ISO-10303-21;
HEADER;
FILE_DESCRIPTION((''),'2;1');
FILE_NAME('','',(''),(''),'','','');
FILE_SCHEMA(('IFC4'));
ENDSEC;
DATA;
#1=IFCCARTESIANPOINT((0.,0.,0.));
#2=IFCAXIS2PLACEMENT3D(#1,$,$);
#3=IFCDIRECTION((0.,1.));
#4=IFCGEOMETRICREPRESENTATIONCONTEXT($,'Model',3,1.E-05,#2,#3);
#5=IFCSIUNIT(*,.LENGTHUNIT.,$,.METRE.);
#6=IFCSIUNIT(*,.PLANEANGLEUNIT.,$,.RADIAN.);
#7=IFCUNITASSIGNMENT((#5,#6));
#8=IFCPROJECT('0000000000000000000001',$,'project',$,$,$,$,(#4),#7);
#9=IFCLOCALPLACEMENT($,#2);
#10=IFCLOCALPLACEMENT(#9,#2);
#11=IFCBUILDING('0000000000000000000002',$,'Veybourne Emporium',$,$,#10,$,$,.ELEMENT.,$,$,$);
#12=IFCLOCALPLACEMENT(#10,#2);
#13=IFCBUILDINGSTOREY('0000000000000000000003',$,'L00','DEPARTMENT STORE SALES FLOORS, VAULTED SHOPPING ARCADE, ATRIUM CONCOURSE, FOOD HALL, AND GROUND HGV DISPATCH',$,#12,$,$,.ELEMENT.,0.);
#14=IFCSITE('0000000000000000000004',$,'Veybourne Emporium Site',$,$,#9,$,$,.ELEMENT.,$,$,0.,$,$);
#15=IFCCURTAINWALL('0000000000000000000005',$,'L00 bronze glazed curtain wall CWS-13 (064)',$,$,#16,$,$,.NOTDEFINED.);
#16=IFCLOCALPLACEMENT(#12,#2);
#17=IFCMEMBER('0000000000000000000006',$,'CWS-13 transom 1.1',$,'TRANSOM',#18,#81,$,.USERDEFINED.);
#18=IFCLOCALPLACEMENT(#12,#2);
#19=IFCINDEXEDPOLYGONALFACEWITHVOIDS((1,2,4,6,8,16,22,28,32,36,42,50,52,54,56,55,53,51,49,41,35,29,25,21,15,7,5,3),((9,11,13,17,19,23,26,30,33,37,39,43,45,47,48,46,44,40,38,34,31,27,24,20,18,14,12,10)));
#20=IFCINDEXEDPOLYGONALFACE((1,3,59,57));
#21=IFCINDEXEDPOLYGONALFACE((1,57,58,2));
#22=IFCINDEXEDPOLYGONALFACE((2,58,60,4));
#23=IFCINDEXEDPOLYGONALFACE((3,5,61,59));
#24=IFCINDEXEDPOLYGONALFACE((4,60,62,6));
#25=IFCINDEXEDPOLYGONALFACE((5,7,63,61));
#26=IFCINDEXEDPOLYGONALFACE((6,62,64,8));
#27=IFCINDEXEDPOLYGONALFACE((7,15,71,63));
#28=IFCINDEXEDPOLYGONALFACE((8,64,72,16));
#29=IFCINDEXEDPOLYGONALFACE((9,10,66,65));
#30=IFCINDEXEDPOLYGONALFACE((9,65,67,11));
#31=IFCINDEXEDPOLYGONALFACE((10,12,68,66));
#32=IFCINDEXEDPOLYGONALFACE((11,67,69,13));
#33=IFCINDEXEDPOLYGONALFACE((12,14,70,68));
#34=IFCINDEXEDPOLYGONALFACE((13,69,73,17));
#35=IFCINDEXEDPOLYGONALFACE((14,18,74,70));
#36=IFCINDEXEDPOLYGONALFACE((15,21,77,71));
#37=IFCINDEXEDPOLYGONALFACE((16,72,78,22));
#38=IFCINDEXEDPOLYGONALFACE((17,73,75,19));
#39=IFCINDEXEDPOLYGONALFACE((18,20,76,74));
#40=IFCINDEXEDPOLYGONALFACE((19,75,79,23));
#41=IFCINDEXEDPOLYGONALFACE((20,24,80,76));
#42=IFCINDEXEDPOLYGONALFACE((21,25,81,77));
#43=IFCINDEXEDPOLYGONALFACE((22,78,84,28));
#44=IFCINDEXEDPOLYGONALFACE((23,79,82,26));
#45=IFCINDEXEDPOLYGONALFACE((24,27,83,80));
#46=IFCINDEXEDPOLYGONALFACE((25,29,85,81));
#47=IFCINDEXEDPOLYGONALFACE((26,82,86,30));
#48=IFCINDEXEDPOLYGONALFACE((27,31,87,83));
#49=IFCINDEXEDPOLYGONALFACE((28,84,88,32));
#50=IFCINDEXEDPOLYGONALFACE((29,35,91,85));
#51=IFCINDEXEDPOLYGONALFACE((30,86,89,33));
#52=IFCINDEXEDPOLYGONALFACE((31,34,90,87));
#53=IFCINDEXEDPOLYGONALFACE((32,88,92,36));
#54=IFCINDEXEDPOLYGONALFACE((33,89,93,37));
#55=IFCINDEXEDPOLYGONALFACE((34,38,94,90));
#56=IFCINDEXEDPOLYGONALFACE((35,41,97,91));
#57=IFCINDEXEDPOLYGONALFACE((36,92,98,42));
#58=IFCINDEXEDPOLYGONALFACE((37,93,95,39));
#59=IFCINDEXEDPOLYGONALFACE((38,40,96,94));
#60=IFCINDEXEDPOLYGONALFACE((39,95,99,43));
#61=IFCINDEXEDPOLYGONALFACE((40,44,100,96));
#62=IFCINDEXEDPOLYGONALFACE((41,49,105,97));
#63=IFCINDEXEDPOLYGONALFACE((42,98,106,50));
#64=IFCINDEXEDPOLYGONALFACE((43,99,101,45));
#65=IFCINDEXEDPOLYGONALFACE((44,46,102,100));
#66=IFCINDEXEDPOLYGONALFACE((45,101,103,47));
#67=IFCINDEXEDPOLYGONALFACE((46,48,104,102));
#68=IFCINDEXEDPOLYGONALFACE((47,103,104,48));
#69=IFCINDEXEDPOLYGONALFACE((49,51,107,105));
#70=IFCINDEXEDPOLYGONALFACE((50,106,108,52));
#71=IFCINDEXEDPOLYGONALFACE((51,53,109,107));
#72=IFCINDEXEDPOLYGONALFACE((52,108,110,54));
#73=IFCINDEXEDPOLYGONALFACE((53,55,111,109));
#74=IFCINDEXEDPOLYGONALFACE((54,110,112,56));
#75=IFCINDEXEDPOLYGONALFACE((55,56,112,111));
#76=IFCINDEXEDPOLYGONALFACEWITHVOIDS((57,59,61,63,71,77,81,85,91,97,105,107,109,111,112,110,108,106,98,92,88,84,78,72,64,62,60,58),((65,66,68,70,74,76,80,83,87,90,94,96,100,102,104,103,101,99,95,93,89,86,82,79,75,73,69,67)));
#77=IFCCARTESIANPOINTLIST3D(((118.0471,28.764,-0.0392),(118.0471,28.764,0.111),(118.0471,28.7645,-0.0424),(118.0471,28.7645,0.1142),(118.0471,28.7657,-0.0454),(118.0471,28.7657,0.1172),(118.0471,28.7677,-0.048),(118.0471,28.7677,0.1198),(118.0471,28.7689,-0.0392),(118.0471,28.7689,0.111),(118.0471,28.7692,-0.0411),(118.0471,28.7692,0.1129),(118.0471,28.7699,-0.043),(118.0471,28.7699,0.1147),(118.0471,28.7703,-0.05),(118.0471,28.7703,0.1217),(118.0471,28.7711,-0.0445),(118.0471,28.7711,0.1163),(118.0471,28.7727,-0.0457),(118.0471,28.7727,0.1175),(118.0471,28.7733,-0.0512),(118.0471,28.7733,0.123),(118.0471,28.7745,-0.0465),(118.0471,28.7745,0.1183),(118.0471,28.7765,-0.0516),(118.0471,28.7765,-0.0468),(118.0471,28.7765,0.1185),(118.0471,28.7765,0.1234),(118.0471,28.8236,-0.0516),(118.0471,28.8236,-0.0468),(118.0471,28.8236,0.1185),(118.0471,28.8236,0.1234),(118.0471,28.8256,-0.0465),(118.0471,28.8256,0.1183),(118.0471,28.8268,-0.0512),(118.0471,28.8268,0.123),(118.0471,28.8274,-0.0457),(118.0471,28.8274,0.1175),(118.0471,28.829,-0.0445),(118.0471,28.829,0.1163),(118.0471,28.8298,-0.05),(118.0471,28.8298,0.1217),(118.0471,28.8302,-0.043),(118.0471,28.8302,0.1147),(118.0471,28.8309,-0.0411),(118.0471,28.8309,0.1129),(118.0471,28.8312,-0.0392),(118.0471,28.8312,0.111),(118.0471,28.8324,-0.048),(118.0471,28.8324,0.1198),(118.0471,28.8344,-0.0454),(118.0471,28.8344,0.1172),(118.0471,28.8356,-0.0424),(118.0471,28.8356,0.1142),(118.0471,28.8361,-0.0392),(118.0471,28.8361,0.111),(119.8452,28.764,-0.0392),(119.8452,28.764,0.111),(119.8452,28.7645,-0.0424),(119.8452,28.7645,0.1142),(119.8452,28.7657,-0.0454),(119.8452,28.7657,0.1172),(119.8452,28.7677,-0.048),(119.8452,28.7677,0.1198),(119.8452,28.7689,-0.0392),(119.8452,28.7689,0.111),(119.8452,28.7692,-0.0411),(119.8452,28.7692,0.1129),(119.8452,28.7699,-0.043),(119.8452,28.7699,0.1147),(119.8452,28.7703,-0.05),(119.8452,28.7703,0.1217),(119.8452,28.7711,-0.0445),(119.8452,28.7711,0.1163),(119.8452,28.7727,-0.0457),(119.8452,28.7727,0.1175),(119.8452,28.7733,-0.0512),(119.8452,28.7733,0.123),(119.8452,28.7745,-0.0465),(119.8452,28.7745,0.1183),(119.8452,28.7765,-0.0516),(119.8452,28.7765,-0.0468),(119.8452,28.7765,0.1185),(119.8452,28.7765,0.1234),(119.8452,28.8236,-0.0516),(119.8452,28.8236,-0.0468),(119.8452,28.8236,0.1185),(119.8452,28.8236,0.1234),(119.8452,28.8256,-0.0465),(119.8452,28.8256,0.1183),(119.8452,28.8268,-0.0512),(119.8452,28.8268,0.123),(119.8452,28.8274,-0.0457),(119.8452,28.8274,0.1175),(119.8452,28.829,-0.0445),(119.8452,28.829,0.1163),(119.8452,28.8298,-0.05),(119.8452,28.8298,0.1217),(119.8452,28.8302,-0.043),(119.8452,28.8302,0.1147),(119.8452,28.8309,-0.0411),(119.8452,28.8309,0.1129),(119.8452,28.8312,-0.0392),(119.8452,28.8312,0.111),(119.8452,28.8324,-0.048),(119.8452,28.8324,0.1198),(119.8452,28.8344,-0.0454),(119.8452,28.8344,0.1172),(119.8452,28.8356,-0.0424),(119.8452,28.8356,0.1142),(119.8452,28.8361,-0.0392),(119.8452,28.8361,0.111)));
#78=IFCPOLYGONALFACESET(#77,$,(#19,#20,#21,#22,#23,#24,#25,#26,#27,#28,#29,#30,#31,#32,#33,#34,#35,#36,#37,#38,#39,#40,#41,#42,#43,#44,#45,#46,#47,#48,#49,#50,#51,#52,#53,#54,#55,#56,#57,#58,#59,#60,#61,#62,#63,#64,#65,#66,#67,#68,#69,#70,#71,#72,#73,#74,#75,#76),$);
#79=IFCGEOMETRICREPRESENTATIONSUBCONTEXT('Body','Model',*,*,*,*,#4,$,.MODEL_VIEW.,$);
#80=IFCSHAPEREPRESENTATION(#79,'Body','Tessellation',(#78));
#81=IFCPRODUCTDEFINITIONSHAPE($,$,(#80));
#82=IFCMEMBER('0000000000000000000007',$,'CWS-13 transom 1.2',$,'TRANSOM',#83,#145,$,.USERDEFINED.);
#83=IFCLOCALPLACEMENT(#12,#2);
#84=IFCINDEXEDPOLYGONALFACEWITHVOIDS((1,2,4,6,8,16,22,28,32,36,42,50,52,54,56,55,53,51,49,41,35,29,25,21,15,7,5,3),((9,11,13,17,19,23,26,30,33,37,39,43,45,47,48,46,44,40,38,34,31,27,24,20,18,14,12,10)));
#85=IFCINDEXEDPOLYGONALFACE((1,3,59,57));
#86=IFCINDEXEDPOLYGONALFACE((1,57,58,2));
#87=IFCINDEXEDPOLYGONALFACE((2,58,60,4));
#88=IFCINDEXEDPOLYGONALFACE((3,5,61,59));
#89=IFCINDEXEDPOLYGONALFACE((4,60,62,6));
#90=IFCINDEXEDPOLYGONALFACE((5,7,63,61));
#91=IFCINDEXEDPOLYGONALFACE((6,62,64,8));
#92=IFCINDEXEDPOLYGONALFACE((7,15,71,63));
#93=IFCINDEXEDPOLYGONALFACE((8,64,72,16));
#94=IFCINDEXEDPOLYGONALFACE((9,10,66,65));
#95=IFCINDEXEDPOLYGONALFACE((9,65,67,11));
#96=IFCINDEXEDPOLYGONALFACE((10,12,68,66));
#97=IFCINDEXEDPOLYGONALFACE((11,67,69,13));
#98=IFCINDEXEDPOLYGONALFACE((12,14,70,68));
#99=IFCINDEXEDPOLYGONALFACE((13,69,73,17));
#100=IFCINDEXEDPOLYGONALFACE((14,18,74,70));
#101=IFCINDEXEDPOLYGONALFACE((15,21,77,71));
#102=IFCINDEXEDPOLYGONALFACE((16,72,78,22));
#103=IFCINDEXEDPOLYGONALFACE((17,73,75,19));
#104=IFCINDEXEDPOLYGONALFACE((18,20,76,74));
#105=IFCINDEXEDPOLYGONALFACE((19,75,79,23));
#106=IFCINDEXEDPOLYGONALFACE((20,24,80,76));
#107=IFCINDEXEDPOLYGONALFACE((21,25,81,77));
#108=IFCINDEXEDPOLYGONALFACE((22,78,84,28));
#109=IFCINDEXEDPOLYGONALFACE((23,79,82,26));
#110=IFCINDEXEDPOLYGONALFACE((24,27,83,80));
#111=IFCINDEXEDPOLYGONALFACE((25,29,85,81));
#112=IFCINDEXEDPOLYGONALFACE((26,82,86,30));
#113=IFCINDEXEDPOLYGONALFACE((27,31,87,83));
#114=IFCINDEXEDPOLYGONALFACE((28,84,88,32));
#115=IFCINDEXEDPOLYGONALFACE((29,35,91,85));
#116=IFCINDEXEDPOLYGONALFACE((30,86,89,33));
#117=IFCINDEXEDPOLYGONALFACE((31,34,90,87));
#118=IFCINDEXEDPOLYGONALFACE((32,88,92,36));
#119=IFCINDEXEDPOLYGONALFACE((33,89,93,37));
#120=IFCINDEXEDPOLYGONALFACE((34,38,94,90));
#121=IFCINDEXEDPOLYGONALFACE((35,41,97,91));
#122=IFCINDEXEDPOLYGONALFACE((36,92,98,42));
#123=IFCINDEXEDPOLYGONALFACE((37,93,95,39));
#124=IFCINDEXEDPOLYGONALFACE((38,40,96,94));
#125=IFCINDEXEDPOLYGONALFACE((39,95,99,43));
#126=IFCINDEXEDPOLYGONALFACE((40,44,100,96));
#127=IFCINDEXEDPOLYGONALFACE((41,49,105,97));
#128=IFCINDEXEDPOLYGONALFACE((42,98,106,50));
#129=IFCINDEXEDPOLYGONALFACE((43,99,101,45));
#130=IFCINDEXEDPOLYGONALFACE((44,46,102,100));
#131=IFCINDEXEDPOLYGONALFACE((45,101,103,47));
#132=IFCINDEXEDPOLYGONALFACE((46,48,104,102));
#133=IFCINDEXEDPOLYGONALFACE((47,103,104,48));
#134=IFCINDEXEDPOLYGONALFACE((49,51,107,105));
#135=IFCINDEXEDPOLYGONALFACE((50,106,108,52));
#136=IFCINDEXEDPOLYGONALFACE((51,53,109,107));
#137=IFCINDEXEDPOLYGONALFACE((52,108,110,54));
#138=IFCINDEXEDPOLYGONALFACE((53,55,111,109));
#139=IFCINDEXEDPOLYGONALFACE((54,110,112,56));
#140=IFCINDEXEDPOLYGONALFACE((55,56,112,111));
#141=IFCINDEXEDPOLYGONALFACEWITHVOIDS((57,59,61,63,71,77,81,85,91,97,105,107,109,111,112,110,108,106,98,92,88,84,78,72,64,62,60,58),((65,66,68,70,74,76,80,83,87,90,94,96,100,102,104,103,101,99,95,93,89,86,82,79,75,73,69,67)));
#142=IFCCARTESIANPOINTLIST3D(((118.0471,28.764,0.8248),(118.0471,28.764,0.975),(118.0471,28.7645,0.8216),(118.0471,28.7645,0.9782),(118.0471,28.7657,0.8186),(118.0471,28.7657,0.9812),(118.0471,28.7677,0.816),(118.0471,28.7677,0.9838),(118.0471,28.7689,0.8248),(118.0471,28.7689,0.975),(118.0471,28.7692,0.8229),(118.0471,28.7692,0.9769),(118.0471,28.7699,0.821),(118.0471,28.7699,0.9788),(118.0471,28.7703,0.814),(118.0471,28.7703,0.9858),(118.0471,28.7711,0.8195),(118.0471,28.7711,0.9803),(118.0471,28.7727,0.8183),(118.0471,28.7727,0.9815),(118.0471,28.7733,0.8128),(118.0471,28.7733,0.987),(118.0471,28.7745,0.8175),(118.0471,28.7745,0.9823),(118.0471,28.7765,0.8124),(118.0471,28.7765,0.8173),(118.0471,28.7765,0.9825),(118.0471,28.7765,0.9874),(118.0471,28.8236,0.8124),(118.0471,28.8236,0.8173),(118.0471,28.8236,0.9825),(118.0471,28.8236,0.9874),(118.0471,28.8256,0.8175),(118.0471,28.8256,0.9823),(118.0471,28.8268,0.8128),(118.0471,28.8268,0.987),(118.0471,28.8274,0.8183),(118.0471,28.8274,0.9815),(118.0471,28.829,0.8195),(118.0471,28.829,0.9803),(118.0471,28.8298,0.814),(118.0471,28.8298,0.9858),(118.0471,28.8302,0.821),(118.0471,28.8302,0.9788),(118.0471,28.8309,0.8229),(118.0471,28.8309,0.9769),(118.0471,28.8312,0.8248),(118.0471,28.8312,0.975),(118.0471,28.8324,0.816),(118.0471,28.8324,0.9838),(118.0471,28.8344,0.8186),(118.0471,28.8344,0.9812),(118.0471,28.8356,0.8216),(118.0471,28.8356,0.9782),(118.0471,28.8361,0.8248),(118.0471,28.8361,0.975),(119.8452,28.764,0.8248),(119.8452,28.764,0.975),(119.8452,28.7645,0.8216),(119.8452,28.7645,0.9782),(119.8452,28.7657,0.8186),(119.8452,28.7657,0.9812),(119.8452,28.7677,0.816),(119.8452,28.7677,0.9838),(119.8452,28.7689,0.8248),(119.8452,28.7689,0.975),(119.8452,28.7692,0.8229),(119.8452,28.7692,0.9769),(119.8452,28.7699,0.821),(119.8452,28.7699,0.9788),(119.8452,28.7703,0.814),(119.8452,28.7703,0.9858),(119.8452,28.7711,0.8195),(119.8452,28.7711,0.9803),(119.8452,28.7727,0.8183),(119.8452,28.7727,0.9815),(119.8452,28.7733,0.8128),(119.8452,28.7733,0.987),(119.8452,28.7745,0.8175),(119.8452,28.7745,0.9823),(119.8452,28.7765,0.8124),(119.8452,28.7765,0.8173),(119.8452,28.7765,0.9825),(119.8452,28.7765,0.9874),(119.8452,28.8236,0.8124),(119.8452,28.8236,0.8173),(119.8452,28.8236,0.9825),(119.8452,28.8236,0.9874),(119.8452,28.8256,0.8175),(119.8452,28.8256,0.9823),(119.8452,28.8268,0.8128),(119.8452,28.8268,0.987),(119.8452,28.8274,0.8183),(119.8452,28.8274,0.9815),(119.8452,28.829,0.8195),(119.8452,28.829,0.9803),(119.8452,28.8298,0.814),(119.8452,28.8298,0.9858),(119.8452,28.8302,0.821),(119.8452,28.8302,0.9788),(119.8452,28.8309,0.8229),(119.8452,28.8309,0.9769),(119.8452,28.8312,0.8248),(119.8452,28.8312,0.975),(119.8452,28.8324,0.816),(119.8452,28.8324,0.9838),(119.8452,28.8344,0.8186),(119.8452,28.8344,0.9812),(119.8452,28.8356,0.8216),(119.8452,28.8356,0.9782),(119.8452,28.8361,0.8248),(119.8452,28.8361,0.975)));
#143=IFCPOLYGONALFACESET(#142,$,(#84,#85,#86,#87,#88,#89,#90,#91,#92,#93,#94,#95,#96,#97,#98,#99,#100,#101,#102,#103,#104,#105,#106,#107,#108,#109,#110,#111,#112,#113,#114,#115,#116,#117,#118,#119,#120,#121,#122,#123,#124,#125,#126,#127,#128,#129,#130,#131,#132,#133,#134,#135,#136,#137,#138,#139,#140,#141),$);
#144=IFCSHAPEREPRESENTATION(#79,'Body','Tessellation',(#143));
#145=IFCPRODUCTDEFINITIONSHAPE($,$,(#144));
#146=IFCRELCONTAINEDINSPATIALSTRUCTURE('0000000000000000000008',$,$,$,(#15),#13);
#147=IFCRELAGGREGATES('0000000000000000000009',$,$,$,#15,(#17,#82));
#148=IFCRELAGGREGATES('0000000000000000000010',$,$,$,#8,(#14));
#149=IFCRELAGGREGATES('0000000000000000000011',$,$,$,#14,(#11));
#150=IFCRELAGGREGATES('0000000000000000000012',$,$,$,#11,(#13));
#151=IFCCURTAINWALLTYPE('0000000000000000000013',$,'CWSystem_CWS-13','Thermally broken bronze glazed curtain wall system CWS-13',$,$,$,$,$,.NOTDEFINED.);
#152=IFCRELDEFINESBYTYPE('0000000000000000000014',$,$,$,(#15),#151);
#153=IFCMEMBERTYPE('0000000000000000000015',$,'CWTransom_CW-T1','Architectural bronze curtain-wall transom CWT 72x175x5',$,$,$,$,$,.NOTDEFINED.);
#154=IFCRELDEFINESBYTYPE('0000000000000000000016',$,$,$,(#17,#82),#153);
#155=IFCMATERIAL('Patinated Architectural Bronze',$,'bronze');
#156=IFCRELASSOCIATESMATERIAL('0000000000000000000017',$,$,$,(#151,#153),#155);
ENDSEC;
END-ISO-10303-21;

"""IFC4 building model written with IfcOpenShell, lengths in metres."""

from ifc_helpers import new_model, si_unit, direction, frame, origin, origin_2d, place, context, subcontext, project, spatial, hollow_rectangle, extrude, material, material_profile, profile_set, type_object, element, aggregate, save


model = new_model("IFC4")

# Units and contexts
model_context = context("Model", 3, precision=1e-05, world=origin(), true_north=direction((0.0, 1.0)))
body_context = subcontext(model_context, "Body", "Model", "MODEL_VIEW")
ifc_project = project(units=[si_unit("LENGTHUNIT", "METRE"), si_unit("PLANEANGLEUNIT", "RADIAN")], contexts=[model_context])

# Site, building, storey
site_placement = place(None, origin())
site = spatial("IfcSite", under=ifc_project, at=site_placement, Name="Veybourne Emporium Site", CompositionType="ELEMENT", RefElevation=0.0)
building_placement = place(site_placement, origin())
building = spatial("IfcBuilding", under=site, at=building_placement, Name="Veybourne Emporium", CompositionType="ELEMENT")
storey_placement = place(building_placement, origin())
storey = spatial("IfcBuildingStorey", under=building, at=storey_placement, Name="L00", Description="DEPARTMENT STORE SALES FLOORS, VAULTED SHOPPING ARCADE, ATRIUM CONCOURSE, FOOD HALL, AND GROUND HGV DISPATCH", CompositionType="ELEMENT", Elevation=0.0)

# Curtain wall
ifc_material_1 = material(Name="Patinated Architectural Bronze", Category="bronze")
curtain_wall_type_1 = type_object("IfcCurtainWallType", Name="CWSystem_CWS-13", Description="Thermally broken bronze glazed curtain wall system CWS-13", PredefinedType="NOTDEFINED", material=ifc_material_1)
curtain_wall_1_placement = place(storey_placement, origin())
curtain_wall_1 = element("IfcCurtainWall", 1, at=curtain_wall_1_placement, inside=storey, type_object=curtain_wall_type_1, Name="L00 bronze glazed curtain wall CWS-13 (064)", PredefinedType="NOTDEFINED")

# Members
ifc_material_profile_1 = material_profile(ifc_material_1, hollow_rectangle(XDim=0.072, YDim=0.175, WallThickness=0.0049, InnerFilletRadius=0.0076, OuterFilletRadius=0.0125, at=origin_2d()), Name="CWT 72x175x5")
ifc_profile_set_1 = profile_set([ifc_material_profile_1], Name="Patinated Architectural Bronze")
member_type_1 = type_object("IfcMemberType", Name="CWTransom_CW-T1", Description="Architectural bronze curtain-wall transom CWT 72x175x5", PredefinedType="NOTDEFINED", material=ifc_profile_set_1)
member_1_placement = place(storey_placement, frame((118.0471, 28.8, 0.0359), z_axis=(1.0, 0.0, 0.0), x_axis=(0.0, 1.0, 0.0)))
member_1 = element("IfcMember", 2, at=member_1_placement, type_object=member_type_1, Name="CWS-13 transom 1.1", ObjectType="TRANSOM", PredefinedType="USERDEFINED", context=body_context, shape_type="SweptSolid", body=[
    extrude(hollow_rectangle(XDim=0.072, YDim=0.175, WallThickness=0.0049, InnerFilletRadius=0.0076, OuterFilletRadius=0.0125, at=origin_2d()), origin(), (0.0, 0.0, 1.0), 1.7981),
])
member_2_placement = place(storey_placement, frame((118.0471, 28.8, 0.8999), z_axis=(1.0, 0.0, 0.0), x_axis=(0.0, 1.0, 0.0)))
member_2 = element("IfcMember", 3, at=member_2_placement, type_object=member_type_1, Name="CWS-13 transom 1.2", ObjectType="TRANSOM", PredefinedType="USERDEFINED", context=body_context, shape_type="SweptSolid", body=[
    extrude(hollow_rectangle(XDim=0.072, YDim=0.175, WallThickness=0.0049, InnerFilletRadius=0.0076, OuterFilletRadius=0.0125, at=origin_2d()), origin(), (0.0, 0.0, 1.0), 1.7981),
])

aggregate(curtain_wall_1, [member_1, member_2])

save(model, "model.ifc")
